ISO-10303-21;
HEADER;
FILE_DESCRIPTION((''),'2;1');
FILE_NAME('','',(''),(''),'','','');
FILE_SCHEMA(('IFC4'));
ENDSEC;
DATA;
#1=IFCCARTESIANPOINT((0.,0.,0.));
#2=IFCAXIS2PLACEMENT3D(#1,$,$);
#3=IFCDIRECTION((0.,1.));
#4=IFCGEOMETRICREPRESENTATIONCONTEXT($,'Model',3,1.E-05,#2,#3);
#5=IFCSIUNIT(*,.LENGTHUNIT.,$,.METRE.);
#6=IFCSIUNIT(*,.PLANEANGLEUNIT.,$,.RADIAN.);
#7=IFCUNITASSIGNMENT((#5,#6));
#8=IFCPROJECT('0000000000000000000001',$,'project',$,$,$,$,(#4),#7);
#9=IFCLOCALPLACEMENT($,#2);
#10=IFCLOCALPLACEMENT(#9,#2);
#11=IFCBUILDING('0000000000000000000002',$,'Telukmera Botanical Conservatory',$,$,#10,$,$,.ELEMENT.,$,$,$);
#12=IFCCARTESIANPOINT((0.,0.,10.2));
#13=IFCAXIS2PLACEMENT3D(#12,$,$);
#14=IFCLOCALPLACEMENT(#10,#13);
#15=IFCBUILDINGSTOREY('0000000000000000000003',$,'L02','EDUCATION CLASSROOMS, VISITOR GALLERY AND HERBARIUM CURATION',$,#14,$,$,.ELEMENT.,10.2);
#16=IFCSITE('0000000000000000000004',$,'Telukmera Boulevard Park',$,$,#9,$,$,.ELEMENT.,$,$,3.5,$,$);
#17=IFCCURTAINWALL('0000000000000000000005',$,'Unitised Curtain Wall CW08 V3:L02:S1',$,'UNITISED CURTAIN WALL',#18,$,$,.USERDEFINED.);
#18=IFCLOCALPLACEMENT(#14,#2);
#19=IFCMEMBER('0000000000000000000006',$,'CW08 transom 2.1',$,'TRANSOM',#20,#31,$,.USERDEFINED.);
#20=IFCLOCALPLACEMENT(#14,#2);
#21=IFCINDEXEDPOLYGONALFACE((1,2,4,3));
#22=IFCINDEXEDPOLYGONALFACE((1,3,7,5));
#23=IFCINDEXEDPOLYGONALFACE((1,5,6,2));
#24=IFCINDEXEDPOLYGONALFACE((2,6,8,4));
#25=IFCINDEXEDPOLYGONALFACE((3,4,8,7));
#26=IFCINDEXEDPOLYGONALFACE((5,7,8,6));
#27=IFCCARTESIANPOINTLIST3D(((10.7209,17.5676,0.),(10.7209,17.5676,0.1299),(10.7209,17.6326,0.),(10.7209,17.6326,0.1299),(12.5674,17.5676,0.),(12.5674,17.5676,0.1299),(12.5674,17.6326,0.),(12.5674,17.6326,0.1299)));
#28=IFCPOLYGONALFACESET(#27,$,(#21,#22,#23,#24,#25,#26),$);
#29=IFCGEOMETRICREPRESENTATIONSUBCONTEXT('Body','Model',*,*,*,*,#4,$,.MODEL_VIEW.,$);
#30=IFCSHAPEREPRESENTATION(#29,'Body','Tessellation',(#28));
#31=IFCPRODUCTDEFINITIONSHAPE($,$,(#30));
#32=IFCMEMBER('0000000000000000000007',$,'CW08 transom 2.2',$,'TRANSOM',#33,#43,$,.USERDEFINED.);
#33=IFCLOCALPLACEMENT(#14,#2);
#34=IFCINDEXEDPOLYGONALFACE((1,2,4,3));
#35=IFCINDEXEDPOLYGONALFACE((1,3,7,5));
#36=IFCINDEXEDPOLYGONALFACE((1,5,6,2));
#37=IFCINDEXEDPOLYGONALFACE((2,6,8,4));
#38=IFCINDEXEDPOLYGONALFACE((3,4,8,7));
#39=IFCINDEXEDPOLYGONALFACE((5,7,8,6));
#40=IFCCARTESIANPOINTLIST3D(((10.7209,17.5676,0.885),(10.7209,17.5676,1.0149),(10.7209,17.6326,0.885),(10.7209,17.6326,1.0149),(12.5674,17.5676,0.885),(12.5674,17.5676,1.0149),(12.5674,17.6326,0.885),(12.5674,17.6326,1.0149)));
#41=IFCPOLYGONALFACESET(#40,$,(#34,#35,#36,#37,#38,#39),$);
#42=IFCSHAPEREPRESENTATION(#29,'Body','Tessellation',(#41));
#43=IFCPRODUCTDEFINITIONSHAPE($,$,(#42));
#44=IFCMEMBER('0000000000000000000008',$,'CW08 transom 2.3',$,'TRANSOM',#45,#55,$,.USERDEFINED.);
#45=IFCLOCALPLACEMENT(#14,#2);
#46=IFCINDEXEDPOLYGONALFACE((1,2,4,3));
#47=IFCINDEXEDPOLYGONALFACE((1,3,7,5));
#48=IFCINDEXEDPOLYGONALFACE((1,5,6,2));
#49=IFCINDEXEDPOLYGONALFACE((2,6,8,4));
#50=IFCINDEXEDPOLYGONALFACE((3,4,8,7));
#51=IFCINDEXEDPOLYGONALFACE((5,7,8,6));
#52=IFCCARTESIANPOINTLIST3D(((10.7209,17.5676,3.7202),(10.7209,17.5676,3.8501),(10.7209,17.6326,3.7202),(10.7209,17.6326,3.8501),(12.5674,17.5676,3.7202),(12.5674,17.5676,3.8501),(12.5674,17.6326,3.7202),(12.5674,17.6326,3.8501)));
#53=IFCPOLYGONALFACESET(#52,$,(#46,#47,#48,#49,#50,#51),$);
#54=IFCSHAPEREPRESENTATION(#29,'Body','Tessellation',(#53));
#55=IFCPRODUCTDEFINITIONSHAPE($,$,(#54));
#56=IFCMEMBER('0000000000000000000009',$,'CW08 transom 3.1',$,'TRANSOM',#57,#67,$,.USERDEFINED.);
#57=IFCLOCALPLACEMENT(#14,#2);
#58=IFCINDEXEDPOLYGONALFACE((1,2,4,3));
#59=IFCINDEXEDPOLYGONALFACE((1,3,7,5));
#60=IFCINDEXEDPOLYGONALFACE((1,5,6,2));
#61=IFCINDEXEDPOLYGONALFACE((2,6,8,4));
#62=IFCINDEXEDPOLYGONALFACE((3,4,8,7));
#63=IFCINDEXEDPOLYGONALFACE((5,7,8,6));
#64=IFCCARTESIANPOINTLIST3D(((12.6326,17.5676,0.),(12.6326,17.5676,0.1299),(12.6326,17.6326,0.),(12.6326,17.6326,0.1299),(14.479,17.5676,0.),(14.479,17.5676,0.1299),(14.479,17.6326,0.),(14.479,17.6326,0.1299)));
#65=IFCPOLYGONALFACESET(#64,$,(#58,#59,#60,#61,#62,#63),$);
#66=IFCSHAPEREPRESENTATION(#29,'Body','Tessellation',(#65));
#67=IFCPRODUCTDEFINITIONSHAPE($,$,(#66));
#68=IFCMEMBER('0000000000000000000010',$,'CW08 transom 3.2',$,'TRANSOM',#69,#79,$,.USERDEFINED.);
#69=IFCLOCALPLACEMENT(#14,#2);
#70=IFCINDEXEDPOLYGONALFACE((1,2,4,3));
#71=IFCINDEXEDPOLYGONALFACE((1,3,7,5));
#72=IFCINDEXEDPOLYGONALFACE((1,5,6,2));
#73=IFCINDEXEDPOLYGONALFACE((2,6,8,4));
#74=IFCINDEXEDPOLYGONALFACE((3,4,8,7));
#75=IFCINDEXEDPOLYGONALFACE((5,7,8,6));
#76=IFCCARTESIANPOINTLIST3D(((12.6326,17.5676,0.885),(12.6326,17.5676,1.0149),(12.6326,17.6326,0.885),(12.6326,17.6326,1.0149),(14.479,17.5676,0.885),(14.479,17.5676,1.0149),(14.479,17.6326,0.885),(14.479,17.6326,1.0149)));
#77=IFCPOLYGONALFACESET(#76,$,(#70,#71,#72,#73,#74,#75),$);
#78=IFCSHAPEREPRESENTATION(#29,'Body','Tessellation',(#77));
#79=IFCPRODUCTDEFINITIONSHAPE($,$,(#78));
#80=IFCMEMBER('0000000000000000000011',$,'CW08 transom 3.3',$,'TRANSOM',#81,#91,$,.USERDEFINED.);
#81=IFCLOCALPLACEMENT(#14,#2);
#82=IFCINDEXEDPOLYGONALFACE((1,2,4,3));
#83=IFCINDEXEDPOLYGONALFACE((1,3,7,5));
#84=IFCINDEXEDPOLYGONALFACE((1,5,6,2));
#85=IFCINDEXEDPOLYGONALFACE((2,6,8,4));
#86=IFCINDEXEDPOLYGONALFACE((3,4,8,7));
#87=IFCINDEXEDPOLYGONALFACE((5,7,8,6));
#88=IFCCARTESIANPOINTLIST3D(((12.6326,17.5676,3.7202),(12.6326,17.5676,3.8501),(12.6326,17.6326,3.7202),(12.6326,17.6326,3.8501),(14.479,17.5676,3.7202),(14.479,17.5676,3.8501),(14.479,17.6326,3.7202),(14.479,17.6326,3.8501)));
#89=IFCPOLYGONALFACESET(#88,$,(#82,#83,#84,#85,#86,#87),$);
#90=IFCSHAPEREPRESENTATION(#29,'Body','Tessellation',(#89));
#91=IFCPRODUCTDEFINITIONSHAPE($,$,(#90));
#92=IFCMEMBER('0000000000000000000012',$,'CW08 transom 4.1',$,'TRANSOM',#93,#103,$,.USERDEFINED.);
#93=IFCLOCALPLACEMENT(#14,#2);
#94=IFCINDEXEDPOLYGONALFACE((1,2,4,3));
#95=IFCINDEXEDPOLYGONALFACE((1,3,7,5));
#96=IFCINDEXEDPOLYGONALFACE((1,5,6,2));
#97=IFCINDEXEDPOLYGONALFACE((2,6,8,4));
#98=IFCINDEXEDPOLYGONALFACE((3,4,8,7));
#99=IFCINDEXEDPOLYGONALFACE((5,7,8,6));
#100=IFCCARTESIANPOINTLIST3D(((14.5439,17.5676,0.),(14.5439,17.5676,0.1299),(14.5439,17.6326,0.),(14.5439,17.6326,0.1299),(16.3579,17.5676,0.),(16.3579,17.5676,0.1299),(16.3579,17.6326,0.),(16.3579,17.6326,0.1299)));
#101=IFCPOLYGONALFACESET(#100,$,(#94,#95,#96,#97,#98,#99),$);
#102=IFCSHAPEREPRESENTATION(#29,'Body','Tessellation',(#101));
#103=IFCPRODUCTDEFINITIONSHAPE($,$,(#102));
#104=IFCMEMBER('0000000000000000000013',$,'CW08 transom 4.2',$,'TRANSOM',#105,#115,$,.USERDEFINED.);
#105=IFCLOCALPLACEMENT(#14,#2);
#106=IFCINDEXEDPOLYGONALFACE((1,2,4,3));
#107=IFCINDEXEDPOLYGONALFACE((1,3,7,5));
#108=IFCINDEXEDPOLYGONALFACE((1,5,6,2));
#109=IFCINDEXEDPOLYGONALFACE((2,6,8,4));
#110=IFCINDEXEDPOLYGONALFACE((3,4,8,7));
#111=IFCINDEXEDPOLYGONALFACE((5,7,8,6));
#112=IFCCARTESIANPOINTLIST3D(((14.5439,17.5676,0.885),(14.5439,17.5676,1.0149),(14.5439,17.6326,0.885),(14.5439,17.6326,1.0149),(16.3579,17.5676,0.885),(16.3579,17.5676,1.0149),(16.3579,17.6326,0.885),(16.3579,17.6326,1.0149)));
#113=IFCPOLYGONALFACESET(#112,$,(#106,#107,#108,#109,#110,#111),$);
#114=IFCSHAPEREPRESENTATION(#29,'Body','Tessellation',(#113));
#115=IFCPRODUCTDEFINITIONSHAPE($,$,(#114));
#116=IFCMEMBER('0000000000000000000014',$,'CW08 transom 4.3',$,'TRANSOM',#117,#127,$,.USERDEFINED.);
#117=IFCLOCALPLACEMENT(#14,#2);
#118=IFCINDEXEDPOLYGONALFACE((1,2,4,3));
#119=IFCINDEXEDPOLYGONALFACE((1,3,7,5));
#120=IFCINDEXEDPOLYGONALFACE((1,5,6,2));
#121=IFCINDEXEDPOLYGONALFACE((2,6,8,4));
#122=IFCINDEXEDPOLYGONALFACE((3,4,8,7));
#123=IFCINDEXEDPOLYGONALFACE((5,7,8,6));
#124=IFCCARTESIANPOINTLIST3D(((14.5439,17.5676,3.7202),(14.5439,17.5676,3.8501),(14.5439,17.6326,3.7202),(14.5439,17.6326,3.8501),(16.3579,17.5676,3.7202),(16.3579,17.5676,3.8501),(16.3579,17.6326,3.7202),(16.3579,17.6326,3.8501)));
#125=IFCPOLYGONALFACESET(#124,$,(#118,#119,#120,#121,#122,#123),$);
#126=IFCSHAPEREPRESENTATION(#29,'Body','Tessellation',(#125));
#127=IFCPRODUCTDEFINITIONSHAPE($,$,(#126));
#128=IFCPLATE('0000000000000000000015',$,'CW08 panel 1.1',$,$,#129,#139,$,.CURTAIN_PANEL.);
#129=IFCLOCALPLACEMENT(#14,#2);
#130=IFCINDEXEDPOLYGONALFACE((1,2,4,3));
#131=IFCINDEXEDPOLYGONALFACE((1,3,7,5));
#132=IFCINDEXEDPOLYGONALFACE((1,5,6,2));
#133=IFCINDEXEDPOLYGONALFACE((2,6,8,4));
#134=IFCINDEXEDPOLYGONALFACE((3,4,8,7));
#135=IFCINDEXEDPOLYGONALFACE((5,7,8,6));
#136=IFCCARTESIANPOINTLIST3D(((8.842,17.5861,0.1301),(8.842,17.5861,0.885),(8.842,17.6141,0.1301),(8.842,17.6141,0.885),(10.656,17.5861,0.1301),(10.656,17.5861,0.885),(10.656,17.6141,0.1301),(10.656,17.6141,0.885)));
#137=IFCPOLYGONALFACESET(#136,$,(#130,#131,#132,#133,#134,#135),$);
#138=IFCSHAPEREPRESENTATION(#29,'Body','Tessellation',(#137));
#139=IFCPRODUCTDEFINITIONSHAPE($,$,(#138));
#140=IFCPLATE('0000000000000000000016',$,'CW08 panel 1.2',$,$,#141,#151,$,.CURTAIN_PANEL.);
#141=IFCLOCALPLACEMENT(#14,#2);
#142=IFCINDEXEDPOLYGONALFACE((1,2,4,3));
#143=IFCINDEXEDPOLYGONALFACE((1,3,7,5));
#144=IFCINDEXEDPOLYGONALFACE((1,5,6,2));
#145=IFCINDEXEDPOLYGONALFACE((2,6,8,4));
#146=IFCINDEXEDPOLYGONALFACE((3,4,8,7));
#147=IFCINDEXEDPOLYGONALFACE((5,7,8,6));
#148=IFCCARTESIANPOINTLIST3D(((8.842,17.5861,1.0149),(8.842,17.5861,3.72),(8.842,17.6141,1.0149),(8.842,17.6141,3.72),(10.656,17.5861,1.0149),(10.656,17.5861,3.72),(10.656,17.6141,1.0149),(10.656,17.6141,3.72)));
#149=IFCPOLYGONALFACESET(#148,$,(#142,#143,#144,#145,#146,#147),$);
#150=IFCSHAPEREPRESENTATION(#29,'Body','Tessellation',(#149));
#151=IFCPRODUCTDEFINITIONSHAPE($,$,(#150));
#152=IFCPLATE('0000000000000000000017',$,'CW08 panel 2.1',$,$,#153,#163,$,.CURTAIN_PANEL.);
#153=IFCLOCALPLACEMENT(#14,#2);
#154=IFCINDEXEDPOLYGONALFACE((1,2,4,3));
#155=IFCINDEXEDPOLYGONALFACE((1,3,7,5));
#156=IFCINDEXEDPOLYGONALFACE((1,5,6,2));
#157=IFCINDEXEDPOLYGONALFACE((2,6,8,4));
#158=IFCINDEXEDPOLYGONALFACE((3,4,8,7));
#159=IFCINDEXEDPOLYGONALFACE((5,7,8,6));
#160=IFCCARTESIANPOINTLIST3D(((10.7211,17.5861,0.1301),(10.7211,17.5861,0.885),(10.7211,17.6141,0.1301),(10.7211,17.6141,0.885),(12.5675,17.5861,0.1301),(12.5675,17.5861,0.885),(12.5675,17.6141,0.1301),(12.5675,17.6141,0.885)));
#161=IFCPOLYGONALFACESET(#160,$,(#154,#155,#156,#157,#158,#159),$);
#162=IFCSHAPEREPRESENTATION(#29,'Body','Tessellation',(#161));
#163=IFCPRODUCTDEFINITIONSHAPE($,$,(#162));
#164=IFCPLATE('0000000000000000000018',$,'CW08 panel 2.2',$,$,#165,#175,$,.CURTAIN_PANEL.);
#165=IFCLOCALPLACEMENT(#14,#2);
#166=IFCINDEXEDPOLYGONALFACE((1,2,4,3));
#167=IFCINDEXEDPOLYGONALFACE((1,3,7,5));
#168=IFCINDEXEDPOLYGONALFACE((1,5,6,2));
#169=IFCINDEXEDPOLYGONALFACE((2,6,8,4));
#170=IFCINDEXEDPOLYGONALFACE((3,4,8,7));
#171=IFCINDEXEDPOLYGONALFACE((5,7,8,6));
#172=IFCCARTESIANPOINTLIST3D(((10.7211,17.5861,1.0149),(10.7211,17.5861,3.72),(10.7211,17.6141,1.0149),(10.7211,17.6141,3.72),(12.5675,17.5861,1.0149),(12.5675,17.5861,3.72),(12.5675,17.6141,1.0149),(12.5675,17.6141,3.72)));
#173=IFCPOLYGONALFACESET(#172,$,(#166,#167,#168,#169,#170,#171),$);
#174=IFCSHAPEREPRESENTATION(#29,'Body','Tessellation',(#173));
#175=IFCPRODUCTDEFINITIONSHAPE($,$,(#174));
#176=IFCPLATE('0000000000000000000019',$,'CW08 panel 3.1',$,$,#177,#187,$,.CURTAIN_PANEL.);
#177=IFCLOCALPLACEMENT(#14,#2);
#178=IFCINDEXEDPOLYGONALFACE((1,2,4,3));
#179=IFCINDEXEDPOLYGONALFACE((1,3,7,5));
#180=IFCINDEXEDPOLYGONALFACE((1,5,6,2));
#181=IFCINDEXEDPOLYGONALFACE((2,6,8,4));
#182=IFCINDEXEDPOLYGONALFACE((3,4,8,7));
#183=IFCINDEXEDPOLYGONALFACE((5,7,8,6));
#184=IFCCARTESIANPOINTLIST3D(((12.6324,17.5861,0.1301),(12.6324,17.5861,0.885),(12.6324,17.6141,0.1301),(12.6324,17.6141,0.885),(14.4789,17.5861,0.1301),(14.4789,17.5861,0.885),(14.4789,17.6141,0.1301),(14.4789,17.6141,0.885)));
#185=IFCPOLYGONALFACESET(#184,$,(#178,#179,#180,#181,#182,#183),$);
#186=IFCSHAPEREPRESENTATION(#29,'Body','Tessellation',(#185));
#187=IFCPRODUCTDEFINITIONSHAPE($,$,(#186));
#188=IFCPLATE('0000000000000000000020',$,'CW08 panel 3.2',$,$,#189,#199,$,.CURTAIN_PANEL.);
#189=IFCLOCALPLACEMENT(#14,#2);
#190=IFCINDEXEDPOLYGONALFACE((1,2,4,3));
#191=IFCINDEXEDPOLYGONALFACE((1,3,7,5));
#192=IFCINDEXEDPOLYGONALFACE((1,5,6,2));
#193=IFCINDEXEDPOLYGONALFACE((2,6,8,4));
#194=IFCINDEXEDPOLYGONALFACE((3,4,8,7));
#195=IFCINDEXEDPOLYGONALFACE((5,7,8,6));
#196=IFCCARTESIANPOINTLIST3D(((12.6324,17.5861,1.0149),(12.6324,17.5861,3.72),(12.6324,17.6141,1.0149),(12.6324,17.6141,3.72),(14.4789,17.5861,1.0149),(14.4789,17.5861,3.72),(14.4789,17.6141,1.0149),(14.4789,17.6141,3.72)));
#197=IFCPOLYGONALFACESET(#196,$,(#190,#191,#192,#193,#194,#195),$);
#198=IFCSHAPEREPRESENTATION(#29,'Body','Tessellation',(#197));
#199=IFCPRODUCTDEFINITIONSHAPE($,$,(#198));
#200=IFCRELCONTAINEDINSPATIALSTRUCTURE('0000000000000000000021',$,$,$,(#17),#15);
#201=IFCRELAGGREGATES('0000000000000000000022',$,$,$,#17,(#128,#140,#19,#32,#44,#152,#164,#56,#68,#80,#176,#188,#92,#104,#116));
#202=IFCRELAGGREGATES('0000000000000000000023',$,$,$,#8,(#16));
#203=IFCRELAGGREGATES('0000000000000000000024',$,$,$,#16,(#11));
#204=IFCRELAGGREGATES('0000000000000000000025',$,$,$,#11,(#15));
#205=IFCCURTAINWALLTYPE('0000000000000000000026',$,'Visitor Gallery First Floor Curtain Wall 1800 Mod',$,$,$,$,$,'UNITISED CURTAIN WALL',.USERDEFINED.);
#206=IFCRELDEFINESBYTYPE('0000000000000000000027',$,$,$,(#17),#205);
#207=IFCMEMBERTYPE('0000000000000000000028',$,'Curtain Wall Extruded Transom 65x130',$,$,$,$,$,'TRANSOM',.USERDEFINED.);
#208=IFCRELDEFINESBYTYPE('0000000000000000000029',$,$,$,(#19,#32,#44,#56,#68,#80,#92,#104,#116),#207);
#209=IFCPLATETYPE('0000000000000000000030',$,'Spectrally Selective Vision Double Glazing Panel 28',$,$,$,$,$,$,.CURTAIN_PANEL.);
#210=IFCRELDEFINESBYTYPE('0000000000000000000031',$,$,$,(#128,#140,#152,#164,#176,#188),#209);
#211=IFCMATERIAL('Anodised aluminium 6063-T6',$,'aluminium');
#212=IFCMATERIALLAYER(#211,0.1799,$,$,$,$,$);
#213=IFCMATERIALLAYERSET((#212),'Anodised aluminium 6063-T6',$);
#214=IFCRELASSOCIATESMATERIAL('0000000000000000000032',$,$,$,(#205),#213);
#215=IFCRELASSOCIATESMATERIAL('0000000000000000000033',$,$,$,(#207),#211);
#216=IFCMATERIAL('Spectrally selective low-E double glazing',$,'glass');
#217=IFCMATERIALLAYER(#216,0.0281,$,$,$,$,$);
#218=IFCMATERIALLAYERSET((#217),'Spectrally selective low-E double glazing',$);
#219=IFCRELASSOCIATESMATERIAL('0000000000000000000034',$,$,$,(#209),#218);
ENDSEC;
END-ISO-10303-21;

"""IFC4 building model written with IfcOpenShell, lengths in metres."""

from ifc_helpers import new_model, si_unit, direction, frame, origin, origin_2d, place, context, subcontext, project, spatial, rectangle, extrude, material, layer, layer_set, material_profile, profile_set, type_object, element, aggregate, save


model = new_model("IFC4")

# Units and contexts
model_context = context("Model", 3, precision=1e-05, world=origin(), true_north=direction((0.0, 1.0)))
body_context = subcontext(model_context, "Body", "Model", "MODEL_VIEW")
ifc_project = project(units=[si_unit("LENGTHUNIT", "METRE"), si_unit("PLANEANGLEUNIT", "RADIAN")], contexts=[model_context])

# Site, building, storey
site_placement = place(None, origin())
site = spatial("IfcSite", under=ifc_project, at=site_placement, Name="Telukmera Boulevard Park", CompositionType="ELEMENT", RefElevation=3.5)
building_placement = place(site_placement, origin())
building = spatial("IfcBuilding", under=site, at=building_placement, Name="Telukmera Botanical Conservatory", CompositionType="ELEMENT")
storey_placement = place(building_placement, frame((0.0, 0.0, 10.2)))
storey = spatial("IfcBuildingStorey", under=building, at=storey_placement, Name="L02", Description="EDUCATION CLASSROOMS, VISITOR GALLERY AND HERBARIUM CURATION", CompositionType="ELEMENT", Elevation=10.2)

# Curtain wall, members, plates
ifc_material_1 = material(Name="Anodised aluminium 6063-T6", Category="aluminium")
ifc_layer_1 = layer(ifc_material_1, 0.1799)
ifc_layer_set_1 = layer_set([ifc_layer_1], Name="Anodised aluminium 6063-T6")
curtain_wall_type = type_object("IfcCurtainWallType", Name="Visitor Gallery First Floor Curtain Wall 1800 Mod", ElementType="UNITISED CURTAIN WALL", PredefinedType="USERDEFINED", material=ifc_layer_set_1)
curtain_wall_placement = place(storey_placement, origin())
curtain_wall = element("IfcCurtainWall", 1, at=curtain_wall_placement, inside=storey, type_object=curtain_wall_type, Name="Unitised Curtain Wall CW08 V3:L02:S1", ObjectType="UNITISED CURTAIN WALL", PredefinedType="USERDEFINED")
ifc_material_profile_1 = material_profile(ifc_material_1, rectangle(XDim=0.0649, YDim=0.1299, at=origin_2d()), Name="ALU TRAN 65x130")
ifc_profile_set_1 = profile_set([ifc_material_profile_1], Name="Anodised aluminium 6063-T6")
member_type_1 = type_object("IfcMemberType", Name="Curtain Wall Extruded Transom 65x130", ElementType="TRANSOM", PredefinedType="USERDEFINED", material=ifc_profile_set_1)
member_1_placement = place(storey_placement, frame((10.7209, 17.6001, 0.0649), z_axis=(1.0, 0.0, 0.0), x_axis=(0.0, 1.0, 0.0)))
member_1 = element("IfcMember", 2, at=member_1_placement, type_object=member_type_1, Name="CW08 transom 2.1", ObjectType="TRANSOM", PredefinedType="USERDEFINED", context=body_context, shape_type="SweptSolid", body=[
    extrude(rectangle(XDim=0.0649, YDim=0.1299, at=origin_2d()), origin(), (0.0, 0.0, 1.0), 1.8464),
])
member_2_placement = place(storey_placement, frame((10.7209, 17.6001, 0.95), z_axis=(1.0, 0.0, 0.0), x_axis=(0.0, 1.0, 0.0)))
member_2 = element("IfcMember", 3, at=member_2_placement, type_object=member_type_1, Name="CW08 transom 2.2", ObjectType="TRANSOM", PredefinedType="USERDEFINED", context=body_context, shape_type="SweptSolid", body=[
    extrude(rectangle(XDim=0.0649, YDim=0.1299, at=origin_2d()), origin(), (0.0, 0.0, 1.0), 1.8464),
])
member_3_placement = place(storey_placement, frame((10.7209, 17.6001, 3.7852), z_axis=(1.0, 0.0, 0.0), x_axis=(0.0, 1.0, 0.0)))
member_3 = element("IfcMember", 4, at=member_3_placement, type_object=member_type_1, Name="CW08 transom 2.3", ObjectType="TRANSOM", PredefinedType="USERDEFINED", context=body_context, shape_type="SweptSolid", body=[
    extrude(rectangle(XDim=0.0649, YDim=0.1299, at=origin_2d()), origin(), (0.0, 0.0, 1.0), 1.8464),
])
member_4_placement = place(storey_placement, frame((12.6326, 17.6001, 0.0649), z_axis=(1.0, 0.0, 0.0), x_axis=(0.0, 1.0, 0.0)))
member_4 = element("IfcMember", 5, at=member_4_placement, type_object=member_type_1, Name="CW08 transom 3.1", ObjectType="TRANSOM", PredefinedType="USERDEFINED", context=body_context, shape_type="SweptSolid", body=[
    extrude(rectangle(XDim=0.0649, YDim=0.1299, at=origin_2d()), origin(), (0.0, 0.0, 1.0), 1.8464),
])
member_5_placement = place(storey_placement, frame((12.6326, 17.6001, 0.95), z_axis=(1.0, 0.0, 0.0), x_axis=(0.0, 1.0, 0.0)))
member_5 = element("IfcMember", 6, at=member_5_placement, type_object=member_type_1, Name="CW08 transom 3.2", ObjectType="TRANSOM", PredefinedType="USERDEFINED", context=body_context, shape_type="SweptSolid", body=[
    extrude(rectangle(XDim=0.0649, YDim=0.1299, at=origin_2d()), origin(), (0.0, 0.0, 1.0), 1.8464),
])
member_6_placement = place(storey_placement, frame((12.6326, 17.6001, 3.7852), z_axis=(1.0, 0.0, 0.0), x_axis=(0.0, 1.0, 0.0)))
member_6 = element("IfcMember", 7, at=member_6_placement, type_object=member_type_1, Name="CW08 transom 3.3", ObjectType="TRANSOM", PredefinedType="USERDEFINED", context=body_context, shape_type="SweptSolid", body=[
    extrude(rectangle(XDim=0.0649, YDim=0.1299, at=origin_2d()), origin(), (0.0, 0.0, 1.0), 1.8464),
])
member_7_placement = place(storey_placement, frame((14.5439, 17.6001, 0.0649), z_axis=(1.0, 0.0, 0.0), x_axis=(0.0, 1.0, 0.0)))
member_7 = element("IfcMember", 8, at=member_7_placement, type_object=member_type_1, Name="CW08 transom 4.1", ObjectType="TRANSOM", PredefinedType="USERDEFINED", context=body_context, shape_type="SweptSolid", body=[
    extrude(rectangle(XDim=0.0649, YDim=0.1299, at=origin_2d()), origin(), (0.0, 0.0, 1.0), 1.814),
])
member_8_placement = place(storey_placement, frame((14.5439, 17.6001, 0.95), z_axis=(1.0, 0.0, 0.0), x_axis=(0.0, 1.0, 0.0)))
member_8 = element("IfcMember", 9, at=member_8_placement, type_object=member_type_1, Name="CW08 transom 4.2", ObjectType="TRANSOM", PredefinedType="USERDEFINED", context=body_context, shape_type="SweptSolid", body=[
    extrude(rectangle(XDim=0.0649, YDim=0.1299, at=origin_2d()), origin(), (0.0, 0.0, 1.0), 1.814),
])
member_9_placement = place(storey_placement, frame((14.5439, 17.6001, 3.7852), z_axis=(1.0, 0.0, 0.0), x_axis=(0.0, 1.0, 0.0)))
member_9 = element("IfcMember", 10, at=member_9_placement, type_object=member_type_1, Name="CW08 transom 4.3", ObjectType="TRANSOM", PredefinedType="USERDEFINED", context=body_context, shape_type="SweptSolid", body=[
    extrude(rectangle(XDim=0.0649, YDim=0.1299, at=origin_2d()), origin(), (0.0, 0.0, 1.0), 1.814),
])
ifc_material_2 = material(Name="Spectrally selective low-E double glazing", Category="glass")
ifc_layer_2 = layer(ifc_material_2, 0.0281)
ifc_layer_set_2 = layer_set([ifc_layer_2], Name="Spectrally selective low-E double glazing")
plate_type = type_object("IfcPlateType", Name="Spectrally Selective Vision Double Glazing Panel 28", PredefinedType="CURTAIN_PANEL", material=ifc_layer_set_2)
plate_1_placement = place(storey_placement, frame((9.749, 17.6001, 0.1301), z_axis=(0.0, 0.0, 1.0), x_axis=(1.0, 0.0, 0.0)))
plate_1 = element("IfcPlate", 11, at=plate_1_placement, type_object=plate_type, Name="CW08 panel 1.1", PredefinedType="CURTAIN_PANEL", context=body_context, shape_type="SweptSolid", body=[
    extrude(rectangle(XDim=1.814, YDim=0.0281, at=origin_2d()), origin(), (0.0, 0.0, 1.0), 0.7549),
])
plate_2_placement = place(storey_placement, frame((9.749, 17.6001, 1.0149), z_axis=(0.0, 0.0, 1.0), x_axis=(1.0, 0.0, 0.0)))
plate_2 = element("IfcPlate", 12, at=plate_2_placement, type_object=plate_type, Name="CW08 panel 1.2", PredefinedType="CURTAIN_PANEL", context=body_context, shape_type="SweptSolid", body=[
    extrude(rectangle(XDim=1.814, YDim=0.0281, at=origin_2d()), origin(), (0.0, 0.0, 1.0), 2.7051),
])
plate_3_placement = place(storey_placement, frame((11.6443, 17.6001, 0.1301), z_axis=(0.0, 0.0, 1.0), x_axis=(1.0, 0.0, 0.0)))
plate_3 = element("IfcPlate", 13, at=plate_3_placement, type_object=plate_type, Name="CW08 panel 2.1", PredefinedType="CURTAIN_PANEL", context=body_context, shape_type="SweptSolid", body=[
    extrude(rectangle(XDim=1.8464, YDim=0.0281, at=origin_2d()), origin(), (0.0, 0.0, 1.0), 0.7549),
])
plate_4_placement = place(storey_placement, frame((11.6443, 17.6001, 1.0149), z_axis=(0.0, 0.0, 1.0), x_axis=(1.0, 0.0, 0.0)))
plate_4 = element("IfcPlate", 14, at=plate_4_placement, type_object=plate_type, Name="CW08 panel 2.2", PredefinedType="CURTAIN_PANEL", context=body_context, shape_type="SweptSolid", body=[
    extrude(rectangle(XDim=1.8464, YDim=0.0281, at=origin_2d()), origin(), (0.0, 0.0, 1.0), 2.7051),
])
plate_5_placement = place(storey_placement, frame((13.5557, 17.6001, 0.1301), z_axis=(0.0, 0.0, 1.0), x_axis=(1.0, 0.0, 0.0)))
plate_5 = element("IfcPlate", 15, at=plate_5_placement, type_object=plate_type, Name="CW08 panel 3.1", PredefinedType="CURTAIN_PANEL", context=body_context, shape_type="SweptSolid", body=[
    extrude(rectangle(XDim=1.8464, YDim=0.0281, at=origin_2d()), origin(), (0.0, 0.0, 1.0), 0.7549),
])
plate_6_placement = place(storey_placement, frame((13.5557, 17.6001, 1.0149), z_axis=(0.0, 0.0, 1.0), x_axis=(1.0, 0.0, 0.0)))
plate_6 = element("IfcPlate", 16, at=plate_6_placement, type_object=plate_type, Name="CW08 panel 3.2", PredefinedType="CURTAIN_PANEL", context=body_context, shape_type="SweptSolid", body=[
    extrude(rectangle(XDim=1.8464, YDim=0.0281, at=origin_2d()), origin(), (0.0, 0.0, 1.0), 2.7051),
])
aggregate(curtain_wall, [plate_1, plate_2, member_1, member_2, member_3, plate_3, plate_4, member_4, member_5, member_6, plate_5, plate_6, member_7, member_8, member_9])

save(model, "model.ifc")
